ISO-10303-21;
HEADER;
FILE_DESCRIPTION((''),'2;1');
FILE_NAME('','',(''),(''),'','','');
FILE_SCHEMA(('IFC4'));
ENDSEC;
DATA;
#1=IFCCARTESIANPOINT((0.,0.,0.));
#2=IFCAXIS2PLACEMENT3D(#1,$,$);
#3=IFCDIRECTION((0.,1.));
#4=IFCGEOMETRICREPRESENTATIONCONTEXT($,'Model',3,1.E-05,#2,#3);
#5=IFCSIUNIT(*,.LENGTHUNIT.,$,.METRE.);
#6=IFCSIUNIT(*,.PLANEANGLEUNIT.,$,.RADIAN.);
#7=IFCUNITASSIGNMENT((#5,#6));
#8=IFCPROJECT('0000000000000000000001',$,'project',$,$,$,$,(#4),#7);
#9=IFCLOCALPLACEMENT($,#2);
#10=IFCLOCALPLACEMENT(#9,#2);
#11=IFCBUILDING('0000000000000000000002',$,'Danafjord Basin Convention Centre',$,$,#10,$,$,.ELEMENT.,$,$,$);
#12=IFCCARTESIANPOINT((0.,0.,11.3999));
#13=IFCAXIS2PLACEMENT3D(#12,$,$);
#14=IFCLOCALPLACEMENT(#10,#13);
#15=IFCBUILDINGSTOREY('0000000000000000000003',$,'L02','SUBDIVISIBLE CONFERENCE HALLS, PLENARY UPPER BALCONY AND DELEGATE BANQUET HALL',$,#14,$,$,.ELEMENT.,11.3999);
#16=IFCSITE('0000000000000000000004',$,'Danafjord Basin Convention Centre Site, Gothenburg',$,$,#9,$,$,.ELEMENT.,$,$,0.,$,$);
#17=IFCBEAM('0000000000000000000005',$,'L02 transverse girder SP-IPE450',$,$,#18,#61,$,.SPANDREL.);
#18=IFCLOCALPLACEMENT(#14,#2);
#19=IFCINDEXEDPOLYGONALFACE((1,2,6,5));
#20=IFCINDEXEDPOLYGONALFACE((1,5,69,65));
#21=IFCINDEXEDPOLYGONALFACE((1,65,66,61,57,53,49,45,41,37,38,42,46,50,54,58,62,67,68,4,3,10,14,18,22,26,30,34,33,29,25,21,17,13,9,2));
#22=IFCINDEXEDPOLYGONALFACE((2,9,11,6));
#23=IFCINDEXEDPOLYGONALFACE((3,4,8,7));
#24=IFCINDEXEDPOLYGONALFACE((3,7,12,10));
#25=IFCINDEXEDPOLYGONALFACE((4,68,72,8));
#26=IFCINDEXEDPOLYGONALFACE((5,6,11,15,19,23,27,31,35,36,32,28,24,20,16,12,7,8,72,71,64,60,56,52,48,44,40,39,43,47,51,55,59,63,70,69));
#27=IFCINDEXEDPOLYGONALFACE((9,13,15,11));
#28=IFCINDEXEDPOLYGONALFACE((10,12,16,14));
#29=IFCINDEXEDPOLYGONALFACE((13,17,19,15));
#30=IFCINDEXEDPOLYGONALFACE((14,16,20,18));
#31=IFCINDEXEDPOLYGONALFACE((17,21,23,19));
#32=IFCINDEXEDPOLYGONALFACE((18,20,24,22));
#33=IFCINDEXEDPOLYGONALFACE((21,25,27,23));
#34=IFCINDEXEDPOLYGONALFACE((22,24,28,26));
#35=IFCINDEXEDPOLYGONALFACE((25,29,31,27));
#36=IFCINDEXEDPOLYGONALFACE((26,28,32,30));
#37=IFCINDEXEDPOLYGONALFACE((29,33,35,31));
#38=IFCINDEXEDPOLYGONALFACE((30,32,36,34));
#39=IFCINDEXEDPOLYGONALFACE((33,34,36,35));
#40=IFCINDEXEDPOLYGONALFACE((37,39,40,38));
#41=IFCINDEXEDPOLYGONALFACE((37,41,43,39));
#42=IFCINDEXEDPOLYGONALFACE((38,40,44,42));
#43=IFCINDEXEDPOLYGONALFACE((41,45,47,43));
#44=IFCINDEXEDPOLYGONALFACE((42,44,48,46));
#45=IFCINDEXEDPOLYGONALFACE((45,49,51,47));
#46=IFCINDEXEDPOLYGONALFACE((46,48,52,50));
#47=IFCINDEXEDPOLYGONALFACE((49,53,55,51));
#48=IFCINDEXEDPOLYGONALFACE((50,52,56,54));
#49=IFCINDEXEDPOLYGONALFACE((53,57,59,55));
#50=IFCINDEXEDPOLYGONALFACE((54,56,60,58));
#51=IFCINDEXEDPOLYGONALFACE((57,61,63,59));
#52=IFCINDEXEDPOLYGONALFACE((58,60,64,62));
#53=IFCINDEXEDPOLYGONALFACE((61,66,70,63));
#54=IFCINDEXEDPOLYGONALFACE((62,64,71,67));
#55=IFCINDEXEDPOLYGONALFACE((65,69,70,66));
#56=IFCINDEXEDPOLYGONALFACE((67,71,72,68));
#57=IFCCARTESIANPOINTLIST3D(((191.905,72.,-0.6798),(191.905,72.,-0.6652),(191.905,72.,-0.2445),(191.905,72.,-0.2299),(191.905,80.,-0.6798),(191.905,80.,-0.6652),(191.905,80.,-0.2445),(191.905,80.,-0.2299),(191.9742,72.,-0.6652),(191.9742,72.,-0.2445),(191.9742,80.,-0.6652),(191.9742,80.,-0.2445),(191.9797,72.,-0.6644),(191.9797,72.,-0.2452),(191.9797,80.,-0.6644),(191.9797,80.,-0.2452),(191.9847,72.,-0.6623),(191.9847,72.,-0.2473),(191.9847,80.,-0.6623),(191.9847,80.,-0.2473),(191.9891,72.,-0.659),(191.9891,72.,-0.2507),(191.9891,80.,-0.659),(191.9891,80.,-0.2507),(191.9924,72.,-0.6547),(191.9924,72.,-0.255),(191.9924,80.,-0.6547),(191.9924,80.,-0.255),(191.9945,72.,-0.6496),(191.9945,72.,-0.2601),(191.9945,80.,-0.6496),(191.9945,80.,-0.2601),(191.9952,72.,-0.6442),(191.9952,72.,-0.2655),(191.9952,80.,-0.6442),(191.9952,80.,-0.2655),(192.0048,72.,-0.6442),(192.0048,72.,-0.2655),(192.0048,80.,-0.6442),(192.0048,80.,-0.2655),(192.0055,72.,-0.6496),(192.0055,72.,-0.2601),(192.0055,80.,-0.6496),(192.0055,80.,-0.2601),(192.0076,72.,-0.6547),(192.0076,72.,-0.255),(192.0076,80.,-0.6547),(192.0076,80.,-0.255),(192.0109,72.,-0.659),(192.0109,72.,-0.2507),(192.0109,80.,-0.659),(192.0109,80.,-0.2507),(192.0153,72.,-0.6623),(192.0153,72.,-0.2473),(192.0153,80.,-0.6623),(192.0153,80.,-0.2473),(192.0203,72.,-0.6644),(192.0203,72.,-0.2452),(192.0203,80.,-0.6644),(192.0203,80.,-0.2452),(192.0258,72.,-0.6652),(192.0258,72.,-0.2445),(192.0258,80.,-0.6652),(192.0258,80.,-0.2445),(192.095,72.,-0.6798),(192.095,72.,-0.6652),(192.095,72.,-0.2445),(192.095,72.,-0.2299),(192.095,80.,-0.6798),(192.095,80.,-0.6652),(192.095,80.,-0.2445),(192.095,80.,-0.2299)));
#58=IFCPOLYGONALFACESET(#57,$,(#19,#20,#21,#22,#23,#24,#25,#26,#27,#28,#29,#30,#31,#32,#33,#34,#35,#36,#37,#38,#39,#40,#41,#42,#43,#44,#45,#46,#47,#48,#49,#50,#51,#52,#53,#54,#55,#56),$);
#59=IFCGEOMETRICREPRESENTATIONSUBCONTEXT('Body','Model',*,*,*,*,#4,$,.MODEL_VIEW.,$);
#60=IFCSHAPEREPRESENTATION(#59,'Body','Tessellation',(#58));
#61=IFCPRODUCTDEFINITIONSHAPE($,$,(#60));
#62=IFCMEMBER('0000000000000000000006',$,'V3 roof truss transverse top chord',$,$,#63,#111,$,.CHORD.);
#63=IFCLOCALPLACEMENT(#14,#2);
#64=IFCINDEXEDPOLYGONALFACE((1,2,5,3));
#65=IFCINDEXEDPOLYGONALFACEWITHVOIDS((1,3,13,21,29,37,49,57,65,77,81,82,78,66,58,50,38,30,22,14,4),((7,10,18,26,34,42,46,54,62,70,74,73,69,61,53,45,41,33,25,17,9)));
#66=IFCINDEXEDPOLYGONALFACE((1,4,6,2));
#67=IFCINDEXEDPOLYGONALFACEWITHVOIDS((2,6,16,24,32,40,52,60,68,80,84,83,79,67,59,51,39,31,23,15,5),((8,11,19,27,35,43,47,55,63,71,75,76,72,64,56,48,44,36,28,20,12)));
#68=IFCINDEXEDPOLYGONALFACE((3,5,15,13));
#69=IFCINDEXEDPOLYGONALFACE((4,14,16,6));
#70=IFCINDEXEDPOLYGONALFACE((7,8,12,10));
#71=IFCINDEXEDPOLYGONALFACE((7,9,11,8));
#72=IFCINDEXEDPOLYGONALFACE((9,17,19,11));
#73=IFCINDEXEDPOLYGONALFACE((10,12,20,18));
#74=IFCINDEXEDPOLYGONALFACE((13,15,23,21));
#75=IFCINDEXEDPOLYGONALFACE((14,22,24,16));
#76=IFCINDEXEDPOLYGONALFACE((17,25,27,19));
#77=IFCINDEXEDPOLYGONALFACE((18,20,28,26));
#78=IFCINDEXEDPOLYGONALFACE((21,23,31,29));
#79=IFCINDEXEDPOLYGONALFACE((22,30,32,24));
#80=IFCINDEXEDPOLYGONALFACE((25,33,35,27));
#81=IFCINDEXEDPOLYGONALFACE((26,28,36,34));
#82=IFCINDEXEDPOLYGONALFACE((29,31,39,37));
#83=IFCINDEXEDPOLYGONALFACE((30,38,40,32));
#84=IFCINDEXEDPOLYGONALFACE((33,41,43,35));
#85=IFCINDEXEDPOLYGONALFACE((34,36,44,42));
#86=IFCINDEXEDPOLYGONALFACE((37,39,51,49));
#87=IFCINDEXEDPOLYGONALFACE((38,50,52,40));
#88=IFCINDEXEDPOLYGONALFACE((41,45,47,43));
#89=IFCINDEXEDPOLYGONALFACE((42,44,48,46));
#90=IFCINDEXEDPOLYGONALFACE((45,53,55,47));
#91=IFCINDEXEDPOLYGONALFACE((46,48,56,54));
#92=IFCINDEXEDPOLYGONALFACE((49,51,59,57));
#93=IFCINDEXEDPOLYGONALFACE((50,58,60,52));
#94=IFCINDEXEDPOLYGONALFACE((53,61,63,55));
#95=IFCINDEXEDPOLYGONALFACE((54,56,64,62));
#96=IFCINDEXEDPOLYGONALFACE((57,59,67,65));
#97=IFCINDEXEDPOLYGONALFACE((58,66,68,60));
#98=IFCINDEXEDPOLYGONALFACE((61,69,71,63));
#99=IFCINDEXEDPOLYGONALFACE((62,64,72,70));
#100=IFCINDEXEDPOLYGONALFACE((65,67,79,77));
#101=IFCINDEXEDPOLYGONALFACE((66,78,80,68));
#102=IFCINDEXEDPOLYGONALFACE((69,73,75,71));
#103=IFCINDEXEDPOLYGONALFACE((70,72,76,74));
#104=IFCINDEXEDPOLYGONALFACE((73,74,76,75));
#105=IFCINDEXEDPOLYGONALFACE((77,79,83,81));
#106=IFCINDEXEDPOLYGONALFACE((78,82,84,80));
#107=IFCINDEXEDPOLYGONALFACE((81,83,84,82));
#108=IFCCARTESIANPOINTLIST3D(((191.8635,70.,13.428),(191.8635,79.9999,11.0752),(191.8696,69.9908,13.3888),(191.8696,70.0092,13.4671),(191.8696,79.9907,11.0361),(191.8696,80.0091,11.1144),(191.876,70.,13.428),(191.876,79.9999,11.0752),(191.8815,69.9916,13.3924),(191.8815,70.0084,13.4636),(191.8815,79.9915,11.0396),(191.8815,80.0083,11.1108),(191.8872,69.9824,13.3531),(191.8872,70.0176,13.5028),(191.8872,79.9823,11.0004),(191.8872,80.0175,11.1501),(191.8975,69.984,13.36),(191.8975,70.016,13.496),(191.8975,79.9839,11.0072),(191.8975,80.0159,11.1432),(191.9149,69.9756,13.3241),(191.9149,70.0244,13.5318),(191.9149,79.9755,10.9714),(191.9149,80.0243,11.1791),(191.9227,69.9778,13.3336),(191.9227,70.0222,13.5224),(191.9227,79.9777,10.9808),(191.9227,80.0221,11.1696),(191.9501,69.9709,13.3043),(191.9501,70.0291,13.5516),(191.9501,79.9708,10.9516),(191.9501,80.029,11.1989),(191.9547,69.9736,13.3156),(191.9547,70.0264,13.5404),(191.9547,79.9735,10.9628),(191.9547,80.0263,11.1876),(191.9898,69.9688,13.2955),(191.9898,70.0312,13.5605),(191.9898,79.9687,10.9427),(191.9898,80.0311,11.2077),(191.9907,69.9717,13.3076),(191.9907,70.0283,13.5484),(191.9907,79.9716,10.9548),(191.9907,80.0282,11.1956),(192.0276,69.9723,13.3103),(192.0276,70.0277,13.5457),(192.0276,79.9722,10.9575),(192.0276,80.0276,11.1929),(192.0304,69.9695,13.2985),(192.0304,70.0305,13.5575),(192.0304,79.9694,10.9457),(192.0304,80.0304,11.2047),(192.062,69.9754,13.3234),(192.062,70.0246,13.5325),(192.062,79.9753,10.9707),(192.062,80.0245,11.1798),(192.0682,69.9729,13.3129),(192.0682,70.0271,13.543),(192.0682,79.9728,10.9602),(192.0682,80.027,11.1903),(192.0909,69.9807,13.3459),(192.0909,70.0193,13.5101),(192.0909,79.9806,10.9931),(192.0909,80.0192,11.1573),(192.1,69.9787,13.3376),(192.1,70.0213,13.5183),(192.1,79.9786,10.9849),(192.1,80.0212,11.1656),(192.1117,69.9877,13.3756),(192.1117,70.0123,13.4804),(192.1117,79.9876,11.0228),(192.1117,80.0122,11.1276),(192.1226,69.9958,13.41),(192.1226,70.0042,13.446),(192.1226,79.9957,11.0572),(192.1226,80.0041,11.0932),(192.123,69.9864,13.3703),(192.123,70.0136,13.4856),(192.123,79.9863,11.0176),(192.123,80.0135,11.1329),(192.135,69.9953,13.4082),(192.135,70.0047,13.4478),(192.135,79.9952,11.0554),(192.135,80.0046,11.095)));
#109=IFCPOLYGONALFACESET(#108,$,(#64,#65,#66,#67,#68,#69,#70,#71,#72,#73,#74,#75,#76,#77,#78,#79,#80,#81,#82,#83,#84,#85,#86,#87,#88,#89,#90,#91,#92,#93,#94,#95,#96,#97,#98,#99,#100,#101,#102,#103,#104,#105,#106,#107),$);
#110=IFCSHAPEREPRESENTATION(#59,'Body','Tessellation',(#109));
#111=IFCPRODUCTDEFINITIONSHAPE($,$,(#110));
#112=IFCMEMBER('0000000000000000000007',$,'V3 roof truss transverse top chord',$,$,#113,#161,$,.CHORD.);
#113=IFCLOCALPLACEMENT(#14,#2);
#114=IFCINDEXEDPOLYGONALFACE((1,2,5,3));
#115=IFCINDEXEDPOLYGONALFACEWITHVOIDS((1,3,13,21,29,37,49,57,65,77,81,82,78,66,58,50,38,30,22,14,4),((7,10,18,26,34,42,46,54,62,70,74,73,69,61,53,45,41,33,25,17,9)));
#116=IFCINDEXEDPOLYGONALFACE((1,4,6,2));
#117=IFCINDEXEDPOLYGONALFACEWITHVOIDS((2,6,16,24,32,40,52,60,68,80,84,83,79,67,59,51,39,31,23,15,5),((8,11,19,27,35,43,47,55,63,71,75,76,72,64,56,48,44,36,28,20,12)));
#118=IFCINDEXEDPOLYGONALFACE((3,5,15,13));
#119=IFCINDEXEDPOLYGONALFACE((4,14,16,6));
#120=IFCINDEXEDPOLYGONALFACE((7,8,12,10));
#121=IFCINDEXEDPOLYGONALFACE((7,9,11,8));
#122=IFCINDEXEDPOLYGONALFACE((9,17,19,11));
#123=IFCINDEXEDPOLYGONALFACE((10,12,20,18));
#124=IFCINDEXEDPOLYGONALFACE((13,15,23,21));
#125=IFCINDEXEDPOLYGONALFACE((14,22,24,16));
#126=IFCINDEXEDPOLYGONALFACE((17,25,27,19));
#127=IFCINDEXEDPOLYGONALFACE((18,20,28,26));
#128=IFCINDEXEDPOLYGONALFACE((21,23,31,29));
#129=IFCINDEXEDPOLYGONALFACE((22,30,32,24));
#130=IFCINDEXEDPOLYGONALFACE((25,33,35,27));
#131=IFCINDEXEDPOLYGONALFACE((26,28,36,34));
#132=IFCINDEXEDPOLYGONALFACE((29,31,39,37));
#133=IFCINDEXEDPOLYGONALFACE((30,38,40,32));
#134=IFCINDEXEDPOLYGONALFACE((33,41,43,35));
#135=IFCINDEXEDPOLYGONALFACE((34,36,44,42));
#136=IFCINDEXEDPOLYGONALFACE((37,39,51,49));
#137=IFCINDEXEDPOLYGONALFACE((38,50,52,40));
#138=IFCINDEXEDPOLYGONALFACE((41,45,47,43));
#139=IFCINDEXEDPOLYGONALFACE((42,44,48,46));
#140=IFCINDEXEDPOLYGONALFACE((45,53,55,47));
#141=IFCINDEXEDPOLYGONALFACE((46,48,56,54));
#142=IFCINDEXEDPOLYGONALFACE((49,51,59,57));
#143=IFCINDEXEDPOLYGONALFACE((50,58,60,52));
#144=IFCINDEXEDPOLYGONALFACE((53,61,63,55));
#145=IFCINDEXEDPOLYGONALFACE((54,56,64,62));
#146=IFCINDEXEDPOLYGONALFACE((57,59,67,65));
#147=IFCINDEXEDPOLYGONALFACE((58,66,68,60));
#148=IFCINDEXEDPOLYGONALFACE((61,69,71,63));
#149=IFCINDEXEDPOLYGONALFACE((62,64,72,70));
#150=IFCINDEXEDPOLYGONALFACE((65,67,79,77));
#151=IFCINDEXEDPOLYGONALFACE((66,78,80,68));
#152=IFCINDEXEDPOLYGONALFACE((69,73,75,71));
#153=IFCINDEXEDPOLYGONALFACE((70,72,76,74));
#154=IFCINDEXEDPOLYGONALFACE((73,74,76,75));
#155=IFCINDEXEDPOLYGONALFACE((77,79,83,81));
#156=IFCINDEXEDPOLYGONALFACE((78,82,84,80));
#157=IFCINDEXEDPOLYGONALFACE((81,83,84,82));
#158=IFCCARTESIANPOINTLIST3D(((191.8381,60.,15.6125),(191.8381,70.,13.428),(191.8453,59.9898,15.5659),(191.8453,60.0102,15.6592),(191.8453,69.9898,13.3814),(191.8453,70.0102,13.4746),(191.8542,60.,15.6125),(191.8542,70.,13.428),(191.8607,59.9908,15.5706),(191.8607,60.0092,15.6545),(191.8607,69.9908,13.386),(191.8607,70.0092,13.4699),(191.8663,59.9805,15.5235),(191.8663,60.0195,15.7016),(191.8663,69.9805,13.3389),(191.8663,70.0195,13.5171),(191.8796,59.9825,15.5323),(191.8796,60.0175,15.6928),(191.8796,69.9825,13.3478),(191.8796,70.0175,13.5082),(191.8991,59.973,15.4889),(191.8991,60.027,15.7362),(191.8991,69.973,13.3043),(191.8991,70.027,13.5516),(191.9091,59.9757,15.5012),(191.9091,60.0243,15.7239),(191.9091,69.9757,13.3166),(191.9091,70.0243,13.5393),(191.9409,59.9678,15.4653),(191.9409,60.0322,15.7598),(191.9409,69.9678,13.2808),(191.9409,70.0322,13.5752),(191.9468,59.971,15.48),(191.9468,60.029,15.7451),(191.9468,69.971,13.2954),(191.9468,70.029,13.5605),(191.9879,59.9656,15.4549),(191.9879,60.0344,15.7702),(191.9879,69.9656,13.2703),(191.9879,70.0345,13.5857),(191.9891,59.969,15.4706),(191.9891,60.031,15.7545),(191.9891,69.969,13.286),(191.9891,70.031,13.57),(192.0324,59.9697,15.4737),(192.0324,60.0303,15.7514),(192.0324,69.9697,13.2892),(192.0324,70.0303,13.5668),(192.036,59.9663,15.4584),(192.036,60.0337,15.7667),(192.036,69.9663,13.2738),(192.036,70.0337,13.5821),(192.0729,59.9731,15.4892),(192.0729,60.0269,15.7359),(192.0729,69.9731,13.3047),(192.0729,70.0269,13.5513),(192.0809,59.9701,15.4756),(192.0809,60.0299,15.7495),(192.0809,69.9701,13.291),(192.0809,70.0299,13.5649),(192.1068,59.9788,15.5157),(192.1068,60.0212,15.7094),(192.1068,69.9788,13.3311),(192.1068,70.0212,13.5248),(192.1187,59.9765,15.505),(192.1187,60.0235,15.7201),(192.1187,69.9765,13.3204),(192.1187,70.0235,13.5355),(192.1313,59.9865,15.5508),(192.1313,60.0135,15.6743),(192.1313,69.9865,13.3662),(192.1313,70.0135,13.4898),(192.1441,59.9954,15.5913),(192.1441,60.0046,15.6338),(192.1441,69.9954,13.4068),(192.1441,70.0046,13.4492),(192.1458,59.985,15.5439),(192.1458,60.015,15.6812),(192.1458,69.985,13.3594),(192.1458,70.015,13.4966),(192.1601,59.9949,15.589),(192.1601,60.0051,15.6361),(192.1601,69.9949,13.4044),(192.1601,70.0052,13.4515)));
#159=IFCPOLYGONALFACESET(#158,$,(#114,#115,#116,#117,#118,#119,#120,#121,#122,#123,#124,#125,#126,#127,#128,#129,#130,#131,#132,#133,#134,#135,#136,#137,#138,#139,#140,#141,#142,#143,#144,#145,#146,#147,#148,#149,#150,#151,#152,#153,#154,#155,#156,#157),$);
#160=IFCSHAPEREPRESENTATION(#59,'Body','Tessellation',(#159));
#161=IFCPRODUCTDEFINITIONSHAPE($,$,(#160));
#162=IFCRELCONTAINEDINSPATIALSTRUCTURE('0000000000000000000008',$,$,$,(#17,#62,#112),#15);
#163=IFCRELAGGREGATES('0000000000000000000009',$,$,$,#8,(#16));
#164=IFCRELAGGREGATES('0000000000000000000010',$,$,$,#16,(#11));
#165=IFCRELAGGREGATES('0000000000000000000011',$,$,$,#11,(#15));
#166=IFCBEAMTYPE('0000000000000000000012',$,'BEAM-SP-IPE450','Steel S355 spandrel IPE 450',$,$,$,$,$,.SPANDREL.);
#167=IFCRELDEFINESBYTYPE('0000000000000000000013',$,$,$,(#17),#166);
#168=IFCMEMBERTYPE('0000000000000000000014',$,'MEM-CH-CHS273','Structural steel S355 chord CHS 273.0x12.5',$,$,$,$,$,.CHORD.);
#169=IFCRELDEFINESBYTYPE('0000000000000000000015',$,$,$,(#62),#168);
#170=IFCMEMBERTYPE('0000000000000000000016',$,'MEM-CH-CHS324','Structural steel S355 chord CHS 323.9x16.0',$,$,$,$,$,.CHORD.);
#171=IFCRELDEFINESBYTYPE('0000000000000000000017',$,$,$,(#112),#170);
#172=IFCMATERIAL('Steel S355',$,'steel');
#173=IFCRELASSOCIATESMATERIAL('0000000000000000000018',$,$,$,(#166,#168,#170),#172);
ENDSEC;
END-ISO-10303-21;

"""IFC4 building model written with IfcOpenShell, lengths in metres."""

from ifc_helpers import new_model, si_unit, direction, frame, origin, origin_2d, place, context, subcontext, project, spatial, hollow_circle, i_section, extrude, material, material_profile, profile_set, type_object, element, save


model = new_model("IFC4")

# Units and contexts
model_context = context("Model", 3, precision=1e-05, world=origin(), true_north=direction((0.0, 1.0)))
body_context = subcontext(model_context, "Body", "Model", "MODEL_VIEW")
ifc_project = project(units=[si_unit("LENGTHUNIT", "METRE"), si_unit("PLANEANGLEUNIT", "RADIAN")], contexts=[model_context])

# Site, building, storey
site_placement = place(None, origin())
site = spatial("IfcSite", under=ifc_project, at=site_placement, Name="Danafjord Basin Convention Centre Site, Gothenburg", CompositionType="ELEMENT", RefElevation=0.0)
building_placement = place(site_placement, origin())
building = spatial("IfcBuilding", under=site, at=building_placement, Name="Danafjord Basin Convention Centre", CompositionType="ELEMENT")
storey_placement = place(building_placement, frame((0.0, 0.0, 11.3999)))
storey = spatial("IfcBuildingStorey", under=building, at=storey_placement, Name="L02", Description="SUBDIVISIBLE CONFERENCE HALLS, PLENARY UPPER BALCONY AND DELEGATE BANQUET HALL", CompositionType="ELEMENT", Elevation=11.3999)

# Shared definitions
ifc_material = material(Name="Steel S355", Category="steel")

# Beam
ifc_material_profile_1 = material_profile(ifc_material, i_section(OverallWidth=0.1899, OverallDepth=0.45, WebThickness=0.0095, FlangeThickness=0.0146, FilletRadius=0.021, at=origin_2d()), Name="IPE 450")
ifc_profile_set_1 = profile_set([ifc_material_profile_1], Name="Steel S355")
beam_type_1 = type_object("IfcBeamType", Name="BEAM-SP-IPE450", Description="Steel S355 spandrel IPE 450", PredefinedType="SPANDREL", material=ifc_profile_set_1)
beam_1_placement = place(storey_placement, frame((192.0, 72.0, -0.4548), z_axis=(0.0, 1.0, 0.0), x_axis=(-1.0, 0.0, 0.0)))
element("IfcBeam", 1, at=beam_1_placement, inside=storey, type_object=beam_type_1, Name="L02 transverse girder SP-IPE450", PredefinedType="SPANDREL", context=body_context, shape_type="SweptSolid", body=[
    extrude(i_section(OverallWidth=0.1899, OverallDepth=0.45, WebThickness=0.0095, FlangeThickness=0.0146, FilletRadius=0.021, at=origin_2d()), origin(), (0.0, 0.0, 1.0), 8.0),
])

# Members
ifc_material_profile_2 = material_profile(ifc_material, hollow_circle(Radius=0.1365, WallThickness=0.0125, at=origin_2d()), Name="CHS 273.0x12.5")
ifc_profile_set_2 = profile_set([ifc_material_profile_2], Name="Steel S355")
member_type_1 = type_object("IfcMemberType", Name="MEM-CH-CHS273", Description="Structural steel S355 chord CHS 273.0x12.5", PredefinedType="CHORD", material=ifc_profile_set_2)
member_1_placement = place(storey_placement, frame((192.0, 70.0, 13.428), z_axis=(0.0, 0.973421, -0.229025), x_axis=(-1.0, 0.0, 0.0)))
element("IfcMember", 2, at=member_1_placement, inside=storey, type_object=member_type_1, Name="V3 roof truss transverse top chord", PredefinedType="CHORD", context=body_context, shape_type="SweptSolid", body=[
    extrude(hollow_circle(Radius=0.1365, WallThickness=0.0125, at=origin_2d()), origin(), (0.0, 0.0, 1.0), 10.2729),
])
ifc_material_profile_3 = material_profile(ifc_material, hollow_circle(Radius=0.1619, WallThickness=0.0161, at=origin_2d()), Name="CHS 323.9x16.0")
ifc_profile_set_3 = profile_set([ifc_material_profile_3], Name="Steel S355")
member_type_2 = type_object("IfcMemberType", Name="MEM-CH-CHS324", Description="Structural steel S355 chord CHS 323.9x16.0", PredefinedType="CHORD", material=ifc_profile_set_3)
member_2_placement = place(storey_placement, frame((192.0, 60.0, 15.6125), z_axis=(0.0, 0.97696, -0.213424), x_axis=(-1.0, 0.0, 0.0)))
element("IfcMember", 3, at=member_2_placement, inside=storey, type_object=member_type_2, Name="V3 roof truss transverse top chord", PredefinedType="CHORD", context=body_context, shape_type="SweptSolid", body=[
    extrude(hollow_circle(Radius=0.1619, WallThickness=0.0161, at=origin_2d()), origin(), (0.0, 0.0, 1.0), 10.2358),
])

save(model, "model.ifc")
